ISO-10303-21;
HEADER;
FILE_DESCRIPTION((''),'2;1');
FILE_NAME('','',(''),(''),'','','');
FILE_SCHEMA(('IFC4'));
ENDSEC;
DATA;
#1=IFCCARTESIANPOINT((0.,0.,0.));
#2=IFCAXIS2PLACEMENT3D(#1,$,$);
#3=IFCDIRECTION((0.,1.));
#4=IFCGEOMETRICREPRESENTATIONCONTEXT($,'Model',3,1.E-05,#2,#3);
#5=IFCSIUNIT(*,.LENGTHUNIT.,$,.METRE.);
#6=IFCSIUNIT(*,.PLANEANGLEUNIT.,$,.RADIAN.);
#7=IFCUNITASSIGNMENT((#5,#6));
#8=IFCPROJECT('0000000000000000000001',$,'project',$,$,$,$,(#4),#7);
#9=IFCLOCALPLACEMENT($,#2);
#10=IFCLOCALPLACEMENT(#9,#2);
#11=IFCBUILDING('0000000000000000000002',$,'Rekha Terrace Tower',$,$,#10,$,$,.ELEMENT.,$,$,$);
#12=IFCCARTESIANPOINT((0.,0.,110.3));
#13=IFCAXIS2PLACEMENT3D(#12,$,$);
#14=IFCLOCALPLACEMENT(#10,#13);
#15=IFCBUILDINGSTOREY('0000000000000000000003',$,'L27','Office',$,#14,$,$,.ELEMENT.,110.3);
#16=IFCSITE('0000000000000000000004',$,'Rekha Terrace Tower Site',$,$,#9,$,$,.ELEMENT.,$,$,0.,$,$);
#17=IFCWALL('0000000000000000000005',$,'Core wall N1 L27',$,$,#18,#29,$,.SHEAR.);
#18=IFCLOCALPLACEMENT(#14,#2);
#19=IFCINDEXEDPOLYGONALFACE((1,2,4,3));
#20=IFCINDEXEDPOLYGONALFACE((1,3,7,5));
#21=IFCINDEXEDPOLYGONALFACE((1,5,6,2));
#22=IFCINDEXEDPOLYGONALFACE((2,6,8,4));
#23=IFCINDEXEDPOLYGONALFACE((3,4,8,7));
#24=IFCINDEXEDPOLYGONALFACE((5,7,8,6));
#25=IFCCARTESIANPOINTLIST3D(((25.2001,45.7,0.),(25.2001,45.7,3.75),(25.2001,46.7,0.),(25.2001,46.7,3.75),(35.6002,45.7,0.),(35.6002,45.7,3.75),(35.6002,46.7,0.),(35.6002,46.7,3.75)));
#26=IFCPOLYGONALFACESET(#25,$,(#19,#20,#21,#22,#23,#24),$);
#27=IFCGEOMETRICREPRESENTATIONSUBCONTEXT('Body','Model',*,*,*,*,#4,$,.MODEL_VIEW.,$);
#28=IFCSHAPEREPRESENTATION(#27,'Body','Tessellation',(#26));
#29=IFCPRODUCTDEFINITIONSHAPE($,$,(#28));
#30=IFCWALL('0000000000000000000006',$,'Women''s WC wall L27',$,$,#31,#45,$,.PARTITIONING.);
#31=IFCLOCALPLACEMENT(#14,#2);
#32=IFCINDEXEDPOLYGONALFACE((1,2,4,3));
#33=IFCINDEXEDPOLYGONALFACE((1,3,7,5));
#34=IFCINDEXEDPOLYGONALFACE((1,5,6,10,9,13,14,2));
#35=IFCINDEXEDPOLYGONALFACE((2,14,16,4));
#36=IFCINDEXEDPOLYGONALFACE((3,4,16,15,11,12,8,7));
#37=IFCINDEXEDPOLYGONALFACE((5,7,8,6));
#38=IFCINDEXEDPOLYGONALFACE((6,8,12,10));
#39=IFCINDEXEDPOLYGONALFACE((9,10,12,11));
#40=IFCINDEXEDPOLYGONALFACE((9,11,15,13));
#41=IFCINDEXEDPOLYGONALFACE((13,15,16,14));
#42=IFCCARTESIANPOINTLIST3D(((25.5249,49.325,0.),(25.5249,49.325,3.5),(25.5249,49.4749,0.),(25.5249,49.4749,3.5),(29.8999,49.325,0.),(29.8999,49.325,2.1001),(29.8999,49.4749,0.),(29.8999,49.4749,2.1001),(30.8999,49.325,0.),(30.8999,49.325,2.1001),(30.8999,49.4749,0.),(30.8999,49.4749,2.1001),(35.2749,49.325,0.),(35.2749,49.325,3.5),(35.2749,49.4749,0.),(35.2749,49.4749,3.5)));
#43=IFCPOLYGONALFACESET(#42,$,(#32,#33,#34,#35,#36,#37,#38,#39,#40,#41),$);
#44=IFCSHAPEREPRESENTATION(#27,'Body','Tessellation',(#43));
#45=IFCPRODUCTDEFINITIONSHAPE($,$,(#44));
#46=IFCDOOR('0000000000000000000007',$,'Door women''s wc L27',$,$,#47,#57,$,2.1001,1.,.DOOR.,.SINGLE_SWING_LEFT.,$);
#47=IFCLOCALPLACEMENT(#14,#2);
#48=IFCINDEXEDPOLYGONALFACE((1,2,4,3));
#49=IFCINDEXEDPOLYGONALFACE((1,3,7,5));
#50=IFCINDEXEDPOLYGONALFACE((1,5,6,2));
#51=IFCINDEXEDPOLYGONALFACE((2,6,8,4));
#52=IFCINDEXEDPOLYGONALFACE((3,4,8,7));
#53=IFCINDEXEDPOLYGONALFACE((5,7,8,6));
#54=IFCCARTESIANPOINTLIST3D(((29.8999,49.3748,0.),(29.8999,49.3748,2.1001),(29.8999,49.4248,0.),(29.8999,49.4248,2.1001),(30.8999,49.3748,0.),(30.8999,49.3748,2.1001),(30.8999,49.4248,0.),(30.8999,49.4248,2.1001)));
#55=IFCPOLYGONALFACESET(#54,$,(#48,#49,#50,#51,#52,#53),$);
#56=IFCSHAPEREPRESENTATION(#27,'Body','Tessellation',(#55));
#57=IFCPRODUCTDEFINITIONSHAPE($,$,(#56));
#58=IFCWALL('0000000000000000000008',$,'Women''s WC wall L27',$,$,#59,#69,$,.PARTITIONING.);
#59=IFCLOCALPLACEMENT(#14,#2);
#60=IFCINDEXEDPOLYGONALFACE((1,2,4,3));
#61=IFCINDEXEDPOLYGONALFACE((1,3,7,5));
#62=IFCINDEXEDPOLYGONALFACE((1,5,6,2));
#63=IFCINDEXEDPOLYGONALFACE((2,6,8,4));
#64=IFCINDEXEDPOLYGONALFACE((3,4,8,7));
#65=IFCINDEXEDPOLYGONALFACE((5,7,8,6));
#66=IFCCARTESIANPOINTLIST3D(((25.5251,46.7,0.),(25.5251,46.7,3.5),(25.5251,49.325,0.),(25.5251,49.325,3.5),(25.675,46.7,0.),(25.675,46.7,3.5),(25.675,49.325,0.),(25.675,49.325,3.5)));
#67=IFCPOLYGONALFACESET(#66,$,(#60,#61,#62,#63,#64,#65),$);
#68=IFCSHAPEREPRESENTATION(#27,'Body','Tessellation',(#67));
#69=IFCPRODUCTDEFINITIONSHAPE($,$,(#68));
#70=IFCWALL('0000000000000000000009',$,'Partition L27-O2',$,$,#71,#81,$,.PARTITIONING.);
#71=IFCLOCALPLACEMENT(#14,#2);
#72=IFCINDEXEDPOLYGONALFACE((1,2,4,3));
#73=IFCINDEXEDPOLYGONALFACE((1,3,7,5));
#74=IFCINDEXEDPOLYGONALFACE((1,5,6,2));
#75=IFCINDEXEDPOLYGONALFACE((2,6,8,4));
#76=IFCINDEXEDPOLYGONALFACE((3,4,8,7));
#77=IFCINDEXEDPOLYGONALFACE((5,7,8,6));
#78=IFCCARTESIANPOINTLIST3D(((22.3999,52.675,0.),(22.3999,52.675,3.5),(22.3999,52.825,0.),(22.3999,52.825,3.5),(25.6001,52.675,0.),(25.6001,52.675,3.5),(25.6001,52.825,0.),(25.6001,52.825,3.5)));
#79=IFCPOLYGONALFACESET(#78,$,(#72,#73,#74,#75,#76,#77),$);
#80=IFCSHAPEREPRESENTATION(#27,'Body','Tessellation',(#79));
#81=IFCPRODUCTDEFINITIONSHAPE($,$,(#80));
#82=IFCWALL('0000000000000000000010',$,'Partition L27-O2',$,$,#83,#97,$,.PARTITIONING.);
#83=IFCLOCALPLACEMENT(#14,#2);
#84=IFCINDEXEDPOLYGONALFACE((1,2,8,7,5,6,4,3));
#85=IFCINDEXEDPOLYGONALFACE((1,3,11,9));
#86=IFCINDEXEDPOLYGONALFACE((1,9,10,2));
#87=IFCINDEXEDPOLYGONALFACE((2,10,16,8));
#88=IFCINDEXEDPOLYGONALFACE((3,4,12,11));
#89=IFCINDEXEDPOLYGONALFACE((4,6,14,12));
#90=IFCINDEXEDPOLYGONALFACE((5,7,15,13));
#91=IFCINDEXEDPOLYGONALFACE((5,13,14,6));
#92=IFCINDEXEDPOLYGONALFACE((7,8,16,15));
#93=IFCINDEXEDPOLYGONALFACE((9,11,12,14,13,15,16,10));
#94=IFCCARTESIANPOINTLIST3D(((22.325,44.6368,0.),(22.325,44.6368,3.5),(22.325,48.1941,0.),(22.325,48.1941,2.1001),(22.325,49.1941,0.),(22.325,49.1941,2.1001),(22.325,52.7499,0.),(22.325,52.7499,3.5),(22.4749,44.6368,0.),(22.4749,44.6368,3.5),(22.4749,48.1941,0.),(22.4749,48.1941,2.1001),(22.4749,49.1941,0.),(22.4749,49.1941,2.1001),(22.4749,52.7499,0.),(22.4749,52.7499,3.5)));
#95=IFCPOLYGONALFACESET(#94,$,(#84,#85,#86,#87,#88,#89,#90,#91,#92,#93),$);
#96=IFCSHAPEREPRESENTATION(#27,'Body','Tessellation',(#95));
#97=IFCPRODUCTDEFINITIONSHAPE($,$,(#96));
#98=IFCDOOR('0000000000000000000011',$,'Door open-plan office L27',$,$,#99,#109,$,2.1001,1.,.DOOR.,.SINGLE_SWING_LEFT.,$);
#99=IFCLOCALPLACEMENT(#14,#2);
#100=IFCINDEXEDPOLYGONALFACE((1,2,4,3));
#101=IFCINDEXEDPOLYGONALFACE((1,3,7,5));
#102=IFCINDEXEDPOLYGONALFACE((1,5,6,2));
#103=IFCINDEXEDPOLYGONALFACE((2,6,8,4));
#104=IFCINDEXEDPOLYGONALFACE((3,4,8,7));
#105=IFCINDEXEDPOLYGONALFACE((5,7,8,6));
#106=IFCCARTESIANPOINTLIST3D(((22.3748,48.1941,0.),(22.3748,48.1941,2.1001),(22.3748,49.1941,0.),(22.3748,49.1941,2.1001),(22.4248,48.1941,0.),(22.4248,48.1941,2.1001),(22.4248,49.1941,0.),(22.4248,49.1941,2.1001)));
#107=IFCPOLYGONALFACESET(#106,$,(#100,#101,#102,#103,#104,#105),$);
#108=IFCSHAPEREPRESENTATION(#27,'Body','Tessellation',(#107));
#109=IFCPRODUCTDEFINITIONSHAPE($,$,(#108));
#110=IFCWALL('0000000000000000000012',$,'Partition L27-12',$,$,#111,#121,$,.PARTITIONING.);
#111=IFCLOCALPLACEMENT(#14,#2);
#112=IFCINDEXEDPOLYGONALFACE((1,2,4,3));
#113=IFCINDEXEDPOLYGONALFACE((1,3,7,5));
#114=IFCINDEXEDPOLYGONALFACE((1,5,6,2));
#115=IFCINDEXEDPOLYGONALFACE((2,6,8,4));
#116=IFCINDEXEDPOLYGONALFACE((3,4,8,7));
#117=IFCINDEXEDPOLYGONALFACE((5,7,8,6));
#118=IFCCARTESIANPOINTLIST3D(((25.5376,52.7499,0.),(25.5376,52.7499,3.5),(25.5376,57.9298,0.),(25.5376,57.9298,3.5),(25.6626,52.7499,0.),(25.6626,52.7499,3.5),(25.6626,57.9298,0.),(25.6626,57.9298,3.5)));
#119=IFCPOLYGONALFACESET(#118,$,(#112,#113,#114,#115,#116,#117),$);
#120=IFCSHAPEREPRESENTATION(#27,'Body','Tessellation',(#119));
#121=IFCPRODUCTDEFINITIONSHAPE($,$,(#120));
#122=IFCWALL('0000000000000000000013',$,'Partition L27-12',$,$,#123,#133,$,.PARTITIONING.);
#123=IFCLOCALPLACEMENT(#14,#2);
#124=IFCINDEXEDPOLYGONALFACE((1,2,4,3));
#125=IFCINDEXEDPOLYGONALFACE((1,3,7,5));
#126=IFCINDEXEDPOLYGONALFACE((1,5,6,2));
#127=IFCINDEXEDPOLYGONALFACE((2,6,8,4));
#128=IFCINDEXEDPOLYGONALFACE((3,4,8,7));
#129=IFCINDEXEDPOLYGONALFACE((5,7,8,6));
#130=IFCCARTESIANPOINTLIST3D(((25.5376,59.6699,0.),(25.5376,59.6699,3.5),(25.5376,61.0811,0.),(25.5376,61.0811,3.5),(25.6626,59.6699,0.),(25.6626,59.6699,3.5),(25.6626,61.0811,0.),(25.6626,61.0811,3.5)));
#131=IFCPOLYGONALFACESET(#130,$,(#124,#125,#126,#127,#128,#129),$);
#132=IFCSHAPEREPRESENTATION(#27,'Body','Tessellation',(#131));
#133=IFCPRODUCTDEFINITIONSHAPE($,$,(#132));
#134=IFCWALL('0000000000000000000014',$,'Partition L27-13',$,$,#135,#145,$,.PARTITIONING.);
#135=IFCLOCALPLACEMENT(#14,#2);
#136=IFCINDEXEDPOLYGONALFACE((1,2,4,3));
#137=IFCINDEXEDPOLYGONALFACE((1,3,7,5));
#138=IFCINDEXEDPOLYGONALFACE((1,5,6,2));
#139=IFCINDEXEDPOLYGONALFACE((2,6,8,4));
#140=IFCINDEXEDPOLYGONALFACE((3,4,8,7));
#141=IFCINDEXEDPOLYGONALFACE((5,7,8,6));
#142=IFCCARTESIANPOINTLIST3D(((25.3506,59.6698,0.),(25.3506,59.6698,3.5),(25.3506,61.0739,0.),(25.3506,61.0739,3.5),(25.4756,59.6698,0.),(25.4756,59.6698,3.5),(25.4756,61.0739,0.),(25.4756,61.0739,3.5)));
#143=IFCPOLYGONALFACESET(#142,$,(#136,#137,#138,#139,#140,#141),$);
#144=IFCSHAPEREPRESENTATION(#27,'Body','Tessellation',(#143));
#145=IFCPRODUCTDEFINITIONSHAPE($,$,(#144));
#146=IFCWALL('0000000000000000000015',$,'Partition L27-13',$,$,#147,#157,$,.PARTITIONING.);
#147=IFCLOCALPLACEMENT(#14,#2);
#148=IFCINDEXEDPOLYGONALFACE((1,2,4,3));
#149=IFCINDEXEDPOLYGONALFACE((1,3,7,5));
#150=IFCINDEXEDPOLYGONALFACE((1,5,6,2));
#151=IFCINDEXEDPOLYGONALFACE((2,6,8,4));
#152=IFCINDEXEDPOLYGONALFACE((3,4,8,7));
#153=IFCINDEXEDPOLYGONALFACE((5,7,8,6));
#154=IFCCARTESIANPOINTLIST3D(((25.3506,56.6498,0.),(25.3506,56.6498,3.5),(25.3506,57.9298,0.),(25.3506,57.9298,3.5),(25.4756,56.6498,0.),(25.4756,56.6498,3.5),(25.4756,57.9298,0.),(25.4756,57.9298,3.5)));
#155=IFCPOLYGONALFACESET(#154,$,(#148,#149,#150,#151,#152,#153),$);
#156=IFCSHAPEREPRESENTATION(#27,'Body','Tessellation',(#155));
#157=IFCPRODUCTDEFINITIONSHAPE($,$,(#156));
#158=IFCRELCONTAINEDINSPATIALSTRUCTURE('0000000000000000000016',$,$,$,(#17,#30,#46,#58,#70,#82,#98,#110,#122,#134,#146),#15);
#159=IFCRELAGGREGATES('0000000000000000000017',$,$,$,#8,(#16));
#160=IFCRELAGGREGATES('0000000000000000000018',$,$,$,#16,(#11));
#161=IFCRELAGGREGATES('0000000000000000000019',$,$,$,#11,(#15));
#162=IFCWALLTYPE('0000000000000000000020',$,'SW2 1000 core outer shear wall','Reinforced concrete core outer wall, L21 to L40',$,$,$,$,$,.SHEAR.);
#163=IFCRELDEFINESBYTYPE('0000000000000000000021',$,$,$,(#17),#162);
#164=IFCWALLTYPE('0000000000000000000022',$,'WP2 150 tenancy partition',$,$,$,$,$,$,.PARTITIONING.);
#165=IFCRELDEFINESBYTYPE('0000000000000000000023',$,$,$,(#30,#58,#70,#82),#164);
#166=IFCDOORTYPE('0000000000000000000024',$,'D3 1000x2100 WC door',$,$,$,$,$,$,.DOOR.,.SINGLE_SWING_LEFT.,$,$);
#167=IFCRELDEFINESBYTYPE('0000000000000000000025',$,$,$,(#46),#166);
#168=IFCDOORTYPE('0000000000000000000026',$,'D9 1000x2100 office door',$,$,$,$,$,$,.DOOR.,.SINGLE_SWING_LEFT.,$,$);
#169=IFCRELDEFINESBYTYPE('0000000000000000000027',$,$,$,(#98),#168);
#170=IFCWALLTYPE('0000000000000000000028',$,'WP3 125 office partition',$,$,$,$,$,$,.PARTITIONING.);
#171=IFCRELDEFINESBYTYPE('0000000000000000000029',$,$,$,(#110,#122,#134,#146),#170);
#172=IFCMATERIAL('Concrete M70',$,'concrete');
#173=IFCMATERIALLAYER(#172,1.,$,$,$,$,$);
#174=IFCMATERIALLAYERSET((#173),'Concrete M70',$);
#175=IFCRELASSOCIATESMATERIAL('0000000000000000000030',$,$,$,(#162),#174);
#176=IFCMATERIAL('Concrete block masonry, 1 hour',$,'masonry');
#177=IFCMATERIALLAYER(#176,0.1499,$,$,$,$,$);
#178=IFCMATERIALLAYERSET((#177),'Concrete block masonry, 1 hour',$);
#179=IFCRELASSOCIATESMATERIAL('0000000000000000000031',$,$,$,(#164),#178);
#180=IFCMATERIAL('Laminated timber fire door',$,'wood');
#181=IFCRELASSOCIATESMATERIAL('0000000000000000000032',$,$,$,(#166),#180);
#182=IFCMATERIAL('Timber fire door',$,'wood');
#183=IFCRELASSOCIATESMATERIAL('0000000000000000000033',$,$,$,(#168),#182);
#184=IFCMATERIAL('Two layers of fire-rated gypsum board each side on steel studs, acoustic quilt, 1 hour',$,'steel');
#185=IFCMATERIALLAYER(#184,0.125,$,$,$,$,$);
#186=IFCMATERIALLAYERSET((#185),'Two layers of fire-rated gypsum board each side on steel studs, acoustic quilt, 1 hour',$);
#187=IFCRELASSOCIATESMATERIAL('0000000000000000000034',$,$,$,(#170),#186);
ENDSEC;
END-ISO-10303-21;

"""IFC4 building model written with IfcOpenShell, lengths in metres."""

from ifc_helpers import new_model, si_unit, direction, frame, frame_2d, origin, place, context, subcontext, project, spatial, rectangle, extrude, material, layer, layer_set, type_object, element, fill, save


model = new_model("IFC4")

# Units and contexts
model_context = context("Model", 3, precision=1e-05, world=origin(), true_north=direction((0.0, 1.0)))
body_context = subcontext(model_context, "Body", "Model", "MODEL_VIEW")
ifc_project = project(units=[si_unit("LENGTHUNIT", "METRE"), si_unit("PLANEANGLEUNIT", "RADIAN")], contexts=[model_context])

# Site, building, storey
site_placement = place(None, origin())
site = spatial("IfcSite", under=ifc_project, at=site_placement, Name="Rekha Terrace Tower Site", CompositionType="ELEMENT", RefElevation=0.0)
building_placement = place(site_placement, origin())
building = spatial("IfcBuilding", under=site, at=building_placement, Name="Rekha Terrace Tower", CompositionType="ELEMENT")
storey_placement = place(building_placement, frame((0.0, 0.0, 110.3)))
storey = spatial("IfcBuildingStorey", under=building, at=storey_placement, Name="L27", Description="Office", CompositionType="ELEMENT", Elevation=110.3)

# Shared definitions
ifc_material_1 = material(Name="Concrete M70", Category="concrete")

# Wall
ifc_layer_1 = layer(ifc_material_1, 1.0)
ifc_layer_set_1 = layer_set([ifc_layer_1], Name="Concrete M70")
wall_type_1 = type_object("IfcWallType", Name="SW2 1000 core outer shear wall", Description="Reinforced concrete core outer wall, L21 to L40", PredefinedType="SHEAR", material=ifc_layer_set_1)
wall_1_placement = place(storey_placement, frame((25.2, 46.2, 0.0), z_axis=(0.0, 0.0, 1.0), x_axis=(1.0, 0.0, 0.0)))
element("IfcWall", 1, at=wall_1_placement, inside=storey, type_object=wall_type_1, Name="Core wall N1 L27", PredefinedType="SHEAR", context=body_context, shape_type="SweptSolid", body=[
    extrude(rectangle(XDim=10.4001, YDim=1.0, at=frame_2d((5.2002, 0.0))), origin(), (0.0, 0.0, 1.0), 3.75),
])

# Wall, opening, door
ifc_material_2 = material(Name="Concrete block masonry, 1 hour", Category="masonry")
ifc_layer_2 = layer(ifc_material_2, 0.1499)
ifc_layer_set_2 = layer_set([ifc_layer_2], Name="Concrete block masonry, 1 hour")
wall_type_2 = type_object("IfcWallType", Name="WP2 150 tenancy partition", PredefinedType="PARTITIONING", material=ifc_layer_set_2)
wall_2_placement = place(storey_placement, frame((25.5249, 49.3999, 0.0), z_axis=(0.0, 0.0, 1.0), x_axis=(1.0, 0.0, 0.0)))
wall_2 = element("IfcWall", 2, at=wall_2_placement, inside=storey, type_object=wall_type_2, Name="Women's WC wall L27", PredefinedType="PARTITIONING", context=body_context, shape_type="SweptSolid", body=[
    extrude(rectangle(XDim=9.75, YDim=0.1499, at=frame_2d((4.875, 0.0))), origin(), (0.0, 0.0, 1.0), 3.5),
])
opening_1_placement = place(wall_2_placement, frame((4.375, 0.0, 0.0)))
opening_1 = element("IfcOpeningElement", 3, at=opening_1_placement, cuts=wall_2, PredefinedType="OPENING", context=body_context, shape_type="SweptSolid", body=[
    extrude(rectangle(XDim=1.0, YDim=2.1001, at=frame_2d((0.5, 1.05))), frame((0.0, 0.085, 0.0), z_axis=(0.0, -1.0, 0.0), x_axis=(1.0, 0.0, 0.0)), (0.0, 0.0, 1.0), 0.1699),
])
ifc_material_3 = material(Name="Laminated timber fire door", Category="wood")
door_type_1 = type_object("IfcDoorType", Name="D3 1000x2100 WC door", OperationType="SINGLE_SWING_LEFT", PredefinedType="DOOR", material=ifc_material_3)
door_1_placement = place(opening_1_placement, origin())
door_1 = element("IfcDoor", 4, at=door_1_placement, inside=storey, type_object=door_type_1, Name="Door women's wc L27", OperationType="SINGLE_SWING_LEFT", OverallHeight=2.1001, OverallWidth=1.0, PredefinedType="DOOR", context=body_context, shape_type="SweptSolid", body=[
    extrude(rectangle(XDim=1.0, YDim=2.1001, at=frame_2d((0.5, 1.05))), frame((0.0, 0.0249, 0.0), z_axis=(0.0, -1.0, 0.0), x_axis=(1.0, 0.0, 0.0)), (0.0, 0.0, 1.0), 0.05),
])
fill(opening_1, door_1)

# Walls
wall_3_placement = place(storey_placement, frame((25.6001, 46.7, 0.0), z_axis=(0.0, 0.0, 1.0), x_axis=(0.0, 1.0, 0.0)))
element("IfcWall", 5, at=wall_3_placement, inside=storey, type_object=wall_type_2, Name="Women's WC wall L27", PredefinedType="PARTITIONING", context=body_context, shape_type="SweptSolid", body=[
    extrude(rectangle(XDim=2.625, YDim=0.1499, at=frame_2d((1.3125, 0.0))), origin(), (0.0, 0.0, 1.0), 3.5),
])
wall_4_placement = place(storey_placement, frame((25.6001, 52.75, 0.0), z_axis=(0.0, 0.0, 1.0), x_axis=(-1.0, 0.0, 0.0)))
element("IfcWall", 6, at=wall_4_placement, inside=storey, type_object=wall_type_2, Name="Partition L27-O2", PredefinedType="PARTITIONING", context=body_context, shape_type="SweptSolid", body=[
    extrude(rectangle(XDim=3.2002, YDim=0.1499, at=frame_2d((1.6001, 0.0))), origin(), (0.0, 0.0, 1.0), 3.5),
])

# Wall, opening, door
wall_5_placement = place(storey_placement, frame((22.3999, 52.75, 0.0), z_axis=(0.0, 0.0, 1.0), x_axis=(0.0, -1.0, 0.0)))
wall_5 = element("IfcWall", 7, at=wall_5_placement, inside=storey, type_object=wall_type_2, Name="Partition L27-O2", PredefinedType="PARTITIONING", context=body_context, shape_type="SweptSolid", body=[
    extrude(rectangle(XDim=8.113, YDim=0.1499, at=frame_2d((4.0566, 0.0))), origin(), (0.0, 0.0, 1.0), 3.5),
])
opening_2_placement = place(wall_5_placement, frame((3.5559, 0.0, 0.0)))
opening_2 = element("IfcOpeningElement", 8, at=opening_2_placement, cuts=wall_5, PredefinedType="OPENING", context=body_context, shape_type="SweptSolid", body=[
    extrude(rectangle(XDim=1.0, YDim=2.1001, at=frame_2d((0.5, 1.05))), frame((0.0, 0.085, 0.0), z_axis=(0.0, -1.0, 0.0), x_axis=(1.0, 0.0, 0.0)), (0.0, 0.0, 1.0), 0.1699),
])
ifc_material_4 = material(Name="Timber fire door", Category="wood")
door_type_2 = type_object("IfcDoorType", Name="D9 1000x2100 office door", OperationType="SINGLE_SWING_LEFT", PredefinedType="DOOR", material=ifc_material_4)
door_2_placement = place(opening_2_placement, origin())
door_2 = element("IfcDoor", 9, at=door_2_placement, inside=storey, type_object=door_type_2, Name="Door open-plan office L27", OperationType="SINGLE_SWING_LEFT", OverallHeight=2.1001, OverallWidth=1.0, PredefinedType="DOOR", context=body_context, shape_type="SweptSolid", body=[
    extrude(rectangle(XDim=1.0, YDim=2.1001, at=frame_2d((0.5, 1.05))), frame((0.0, 0.0249, 0.0), z_axis=(0.0, -1.0, 0.0), x_axis=(1.0, 0.0, 0.0)), (0.0, 0.0, 1.0), 0.05),
])
fill(opening_2, door_2)

# Walls
ifc_material_5 = material(Name="Two layers of fire-rated gypsum board each side on steel studs, acoustic quilt, 1 hour", Category="steel")
ifc_layer_3 = layer(ifc_material_5, 0.125)
ifc_layer_set_3 = layer_set([ifc_layer_3], Name="Two layers of fire-rated gypsum board each side on steel studs, acoustic quilt, 1 hour")
wall_type_3 = type_object("IfcWallType", Name="WP3 125 office partition", PredefinedType="PARTITIONING", material=ifc_layer_set_3)
wall_6_placement = place(storey_placement, frame((25.6001, 52.75, 0.0), z_axis=(0.0, 0.0, 1.0), x_axis=(0.0, 1.0, 0.0)))
element("IfcWall", 10, at=wall_6_placement, inside=storey, type_object=wall_type_3, Name="Partition L27-12", PredefinedType="PARTITIONING", context=body_context, shape_type="SweptSolid", body=[
    extrude(rectangle(XDim=5.1799, YDim=0.125, at=frame_2d((2.5898, 0.0))), origin(), (0.0, 0.0, 1.0), 3.5),
])
wall_7_placement = place(storey_placement, frame((25.6001, 59.6699, 0.0), z_axis=(0.0, 0.0, 1.0), x_axis=(0.0, 1.0, 0.0)))
element("IfcWall", 11, at=wall_7_placement, inside=storey, type_object=wall_type_3, Name="Partition L27-12", PredefinedType="PARTITIONING", context=body_context, shape_type="SweptSolid", body=[
    extrude(rectangle(XDim=1.4111, YDim=0.125, at=frame_2d((0.7056, 0.0))), origin(), (0.0, 0.0, 1.0), 3.5),
])
wall_8_placement = place(storey_placement, frame((25.4131, 61.074, 0.0), z_axis=(0.0, 0.0, 1.0), x_axis=(0.0, -1.0, 0.0)))
element("IfcWall", 12, at=wall_8_placement, inside=storey, type_object=wall_type_3, Name="Partition L27-13", PredefinedType="PARTITIONING", context=body_context, shape_type="SweptSolid", body=[
    extrude(rectangle(XDim=1.4041, YDim=0.125, at=frame_2d((0.7021, 0.0))), origin(), (0.0, 0.0, 1.0), 3.5),
])
wall_9_placement = place(storey_placement, frame((25.4131, 57.9299, 0.0), z_axis=(0.0, 0.0, 1.0), x_axis=(0.0, -1.0, 0.0)))
element("IfcWall", 13, at=wall_9_placement, inside=storey, type_object=wall_type_3, Name="Partition L27-13", PredefinedType="PARTITIONING", context=body_context, shape_type="SweptSolid", body=[
    extrude(rectangle(XDim=1.28, YDim=0.125, at=frame_2d((0.6401, 0.0))), origin(), (0.0, 0.0, 1.0), 3.5),
])

save(model, "model.ifc")
